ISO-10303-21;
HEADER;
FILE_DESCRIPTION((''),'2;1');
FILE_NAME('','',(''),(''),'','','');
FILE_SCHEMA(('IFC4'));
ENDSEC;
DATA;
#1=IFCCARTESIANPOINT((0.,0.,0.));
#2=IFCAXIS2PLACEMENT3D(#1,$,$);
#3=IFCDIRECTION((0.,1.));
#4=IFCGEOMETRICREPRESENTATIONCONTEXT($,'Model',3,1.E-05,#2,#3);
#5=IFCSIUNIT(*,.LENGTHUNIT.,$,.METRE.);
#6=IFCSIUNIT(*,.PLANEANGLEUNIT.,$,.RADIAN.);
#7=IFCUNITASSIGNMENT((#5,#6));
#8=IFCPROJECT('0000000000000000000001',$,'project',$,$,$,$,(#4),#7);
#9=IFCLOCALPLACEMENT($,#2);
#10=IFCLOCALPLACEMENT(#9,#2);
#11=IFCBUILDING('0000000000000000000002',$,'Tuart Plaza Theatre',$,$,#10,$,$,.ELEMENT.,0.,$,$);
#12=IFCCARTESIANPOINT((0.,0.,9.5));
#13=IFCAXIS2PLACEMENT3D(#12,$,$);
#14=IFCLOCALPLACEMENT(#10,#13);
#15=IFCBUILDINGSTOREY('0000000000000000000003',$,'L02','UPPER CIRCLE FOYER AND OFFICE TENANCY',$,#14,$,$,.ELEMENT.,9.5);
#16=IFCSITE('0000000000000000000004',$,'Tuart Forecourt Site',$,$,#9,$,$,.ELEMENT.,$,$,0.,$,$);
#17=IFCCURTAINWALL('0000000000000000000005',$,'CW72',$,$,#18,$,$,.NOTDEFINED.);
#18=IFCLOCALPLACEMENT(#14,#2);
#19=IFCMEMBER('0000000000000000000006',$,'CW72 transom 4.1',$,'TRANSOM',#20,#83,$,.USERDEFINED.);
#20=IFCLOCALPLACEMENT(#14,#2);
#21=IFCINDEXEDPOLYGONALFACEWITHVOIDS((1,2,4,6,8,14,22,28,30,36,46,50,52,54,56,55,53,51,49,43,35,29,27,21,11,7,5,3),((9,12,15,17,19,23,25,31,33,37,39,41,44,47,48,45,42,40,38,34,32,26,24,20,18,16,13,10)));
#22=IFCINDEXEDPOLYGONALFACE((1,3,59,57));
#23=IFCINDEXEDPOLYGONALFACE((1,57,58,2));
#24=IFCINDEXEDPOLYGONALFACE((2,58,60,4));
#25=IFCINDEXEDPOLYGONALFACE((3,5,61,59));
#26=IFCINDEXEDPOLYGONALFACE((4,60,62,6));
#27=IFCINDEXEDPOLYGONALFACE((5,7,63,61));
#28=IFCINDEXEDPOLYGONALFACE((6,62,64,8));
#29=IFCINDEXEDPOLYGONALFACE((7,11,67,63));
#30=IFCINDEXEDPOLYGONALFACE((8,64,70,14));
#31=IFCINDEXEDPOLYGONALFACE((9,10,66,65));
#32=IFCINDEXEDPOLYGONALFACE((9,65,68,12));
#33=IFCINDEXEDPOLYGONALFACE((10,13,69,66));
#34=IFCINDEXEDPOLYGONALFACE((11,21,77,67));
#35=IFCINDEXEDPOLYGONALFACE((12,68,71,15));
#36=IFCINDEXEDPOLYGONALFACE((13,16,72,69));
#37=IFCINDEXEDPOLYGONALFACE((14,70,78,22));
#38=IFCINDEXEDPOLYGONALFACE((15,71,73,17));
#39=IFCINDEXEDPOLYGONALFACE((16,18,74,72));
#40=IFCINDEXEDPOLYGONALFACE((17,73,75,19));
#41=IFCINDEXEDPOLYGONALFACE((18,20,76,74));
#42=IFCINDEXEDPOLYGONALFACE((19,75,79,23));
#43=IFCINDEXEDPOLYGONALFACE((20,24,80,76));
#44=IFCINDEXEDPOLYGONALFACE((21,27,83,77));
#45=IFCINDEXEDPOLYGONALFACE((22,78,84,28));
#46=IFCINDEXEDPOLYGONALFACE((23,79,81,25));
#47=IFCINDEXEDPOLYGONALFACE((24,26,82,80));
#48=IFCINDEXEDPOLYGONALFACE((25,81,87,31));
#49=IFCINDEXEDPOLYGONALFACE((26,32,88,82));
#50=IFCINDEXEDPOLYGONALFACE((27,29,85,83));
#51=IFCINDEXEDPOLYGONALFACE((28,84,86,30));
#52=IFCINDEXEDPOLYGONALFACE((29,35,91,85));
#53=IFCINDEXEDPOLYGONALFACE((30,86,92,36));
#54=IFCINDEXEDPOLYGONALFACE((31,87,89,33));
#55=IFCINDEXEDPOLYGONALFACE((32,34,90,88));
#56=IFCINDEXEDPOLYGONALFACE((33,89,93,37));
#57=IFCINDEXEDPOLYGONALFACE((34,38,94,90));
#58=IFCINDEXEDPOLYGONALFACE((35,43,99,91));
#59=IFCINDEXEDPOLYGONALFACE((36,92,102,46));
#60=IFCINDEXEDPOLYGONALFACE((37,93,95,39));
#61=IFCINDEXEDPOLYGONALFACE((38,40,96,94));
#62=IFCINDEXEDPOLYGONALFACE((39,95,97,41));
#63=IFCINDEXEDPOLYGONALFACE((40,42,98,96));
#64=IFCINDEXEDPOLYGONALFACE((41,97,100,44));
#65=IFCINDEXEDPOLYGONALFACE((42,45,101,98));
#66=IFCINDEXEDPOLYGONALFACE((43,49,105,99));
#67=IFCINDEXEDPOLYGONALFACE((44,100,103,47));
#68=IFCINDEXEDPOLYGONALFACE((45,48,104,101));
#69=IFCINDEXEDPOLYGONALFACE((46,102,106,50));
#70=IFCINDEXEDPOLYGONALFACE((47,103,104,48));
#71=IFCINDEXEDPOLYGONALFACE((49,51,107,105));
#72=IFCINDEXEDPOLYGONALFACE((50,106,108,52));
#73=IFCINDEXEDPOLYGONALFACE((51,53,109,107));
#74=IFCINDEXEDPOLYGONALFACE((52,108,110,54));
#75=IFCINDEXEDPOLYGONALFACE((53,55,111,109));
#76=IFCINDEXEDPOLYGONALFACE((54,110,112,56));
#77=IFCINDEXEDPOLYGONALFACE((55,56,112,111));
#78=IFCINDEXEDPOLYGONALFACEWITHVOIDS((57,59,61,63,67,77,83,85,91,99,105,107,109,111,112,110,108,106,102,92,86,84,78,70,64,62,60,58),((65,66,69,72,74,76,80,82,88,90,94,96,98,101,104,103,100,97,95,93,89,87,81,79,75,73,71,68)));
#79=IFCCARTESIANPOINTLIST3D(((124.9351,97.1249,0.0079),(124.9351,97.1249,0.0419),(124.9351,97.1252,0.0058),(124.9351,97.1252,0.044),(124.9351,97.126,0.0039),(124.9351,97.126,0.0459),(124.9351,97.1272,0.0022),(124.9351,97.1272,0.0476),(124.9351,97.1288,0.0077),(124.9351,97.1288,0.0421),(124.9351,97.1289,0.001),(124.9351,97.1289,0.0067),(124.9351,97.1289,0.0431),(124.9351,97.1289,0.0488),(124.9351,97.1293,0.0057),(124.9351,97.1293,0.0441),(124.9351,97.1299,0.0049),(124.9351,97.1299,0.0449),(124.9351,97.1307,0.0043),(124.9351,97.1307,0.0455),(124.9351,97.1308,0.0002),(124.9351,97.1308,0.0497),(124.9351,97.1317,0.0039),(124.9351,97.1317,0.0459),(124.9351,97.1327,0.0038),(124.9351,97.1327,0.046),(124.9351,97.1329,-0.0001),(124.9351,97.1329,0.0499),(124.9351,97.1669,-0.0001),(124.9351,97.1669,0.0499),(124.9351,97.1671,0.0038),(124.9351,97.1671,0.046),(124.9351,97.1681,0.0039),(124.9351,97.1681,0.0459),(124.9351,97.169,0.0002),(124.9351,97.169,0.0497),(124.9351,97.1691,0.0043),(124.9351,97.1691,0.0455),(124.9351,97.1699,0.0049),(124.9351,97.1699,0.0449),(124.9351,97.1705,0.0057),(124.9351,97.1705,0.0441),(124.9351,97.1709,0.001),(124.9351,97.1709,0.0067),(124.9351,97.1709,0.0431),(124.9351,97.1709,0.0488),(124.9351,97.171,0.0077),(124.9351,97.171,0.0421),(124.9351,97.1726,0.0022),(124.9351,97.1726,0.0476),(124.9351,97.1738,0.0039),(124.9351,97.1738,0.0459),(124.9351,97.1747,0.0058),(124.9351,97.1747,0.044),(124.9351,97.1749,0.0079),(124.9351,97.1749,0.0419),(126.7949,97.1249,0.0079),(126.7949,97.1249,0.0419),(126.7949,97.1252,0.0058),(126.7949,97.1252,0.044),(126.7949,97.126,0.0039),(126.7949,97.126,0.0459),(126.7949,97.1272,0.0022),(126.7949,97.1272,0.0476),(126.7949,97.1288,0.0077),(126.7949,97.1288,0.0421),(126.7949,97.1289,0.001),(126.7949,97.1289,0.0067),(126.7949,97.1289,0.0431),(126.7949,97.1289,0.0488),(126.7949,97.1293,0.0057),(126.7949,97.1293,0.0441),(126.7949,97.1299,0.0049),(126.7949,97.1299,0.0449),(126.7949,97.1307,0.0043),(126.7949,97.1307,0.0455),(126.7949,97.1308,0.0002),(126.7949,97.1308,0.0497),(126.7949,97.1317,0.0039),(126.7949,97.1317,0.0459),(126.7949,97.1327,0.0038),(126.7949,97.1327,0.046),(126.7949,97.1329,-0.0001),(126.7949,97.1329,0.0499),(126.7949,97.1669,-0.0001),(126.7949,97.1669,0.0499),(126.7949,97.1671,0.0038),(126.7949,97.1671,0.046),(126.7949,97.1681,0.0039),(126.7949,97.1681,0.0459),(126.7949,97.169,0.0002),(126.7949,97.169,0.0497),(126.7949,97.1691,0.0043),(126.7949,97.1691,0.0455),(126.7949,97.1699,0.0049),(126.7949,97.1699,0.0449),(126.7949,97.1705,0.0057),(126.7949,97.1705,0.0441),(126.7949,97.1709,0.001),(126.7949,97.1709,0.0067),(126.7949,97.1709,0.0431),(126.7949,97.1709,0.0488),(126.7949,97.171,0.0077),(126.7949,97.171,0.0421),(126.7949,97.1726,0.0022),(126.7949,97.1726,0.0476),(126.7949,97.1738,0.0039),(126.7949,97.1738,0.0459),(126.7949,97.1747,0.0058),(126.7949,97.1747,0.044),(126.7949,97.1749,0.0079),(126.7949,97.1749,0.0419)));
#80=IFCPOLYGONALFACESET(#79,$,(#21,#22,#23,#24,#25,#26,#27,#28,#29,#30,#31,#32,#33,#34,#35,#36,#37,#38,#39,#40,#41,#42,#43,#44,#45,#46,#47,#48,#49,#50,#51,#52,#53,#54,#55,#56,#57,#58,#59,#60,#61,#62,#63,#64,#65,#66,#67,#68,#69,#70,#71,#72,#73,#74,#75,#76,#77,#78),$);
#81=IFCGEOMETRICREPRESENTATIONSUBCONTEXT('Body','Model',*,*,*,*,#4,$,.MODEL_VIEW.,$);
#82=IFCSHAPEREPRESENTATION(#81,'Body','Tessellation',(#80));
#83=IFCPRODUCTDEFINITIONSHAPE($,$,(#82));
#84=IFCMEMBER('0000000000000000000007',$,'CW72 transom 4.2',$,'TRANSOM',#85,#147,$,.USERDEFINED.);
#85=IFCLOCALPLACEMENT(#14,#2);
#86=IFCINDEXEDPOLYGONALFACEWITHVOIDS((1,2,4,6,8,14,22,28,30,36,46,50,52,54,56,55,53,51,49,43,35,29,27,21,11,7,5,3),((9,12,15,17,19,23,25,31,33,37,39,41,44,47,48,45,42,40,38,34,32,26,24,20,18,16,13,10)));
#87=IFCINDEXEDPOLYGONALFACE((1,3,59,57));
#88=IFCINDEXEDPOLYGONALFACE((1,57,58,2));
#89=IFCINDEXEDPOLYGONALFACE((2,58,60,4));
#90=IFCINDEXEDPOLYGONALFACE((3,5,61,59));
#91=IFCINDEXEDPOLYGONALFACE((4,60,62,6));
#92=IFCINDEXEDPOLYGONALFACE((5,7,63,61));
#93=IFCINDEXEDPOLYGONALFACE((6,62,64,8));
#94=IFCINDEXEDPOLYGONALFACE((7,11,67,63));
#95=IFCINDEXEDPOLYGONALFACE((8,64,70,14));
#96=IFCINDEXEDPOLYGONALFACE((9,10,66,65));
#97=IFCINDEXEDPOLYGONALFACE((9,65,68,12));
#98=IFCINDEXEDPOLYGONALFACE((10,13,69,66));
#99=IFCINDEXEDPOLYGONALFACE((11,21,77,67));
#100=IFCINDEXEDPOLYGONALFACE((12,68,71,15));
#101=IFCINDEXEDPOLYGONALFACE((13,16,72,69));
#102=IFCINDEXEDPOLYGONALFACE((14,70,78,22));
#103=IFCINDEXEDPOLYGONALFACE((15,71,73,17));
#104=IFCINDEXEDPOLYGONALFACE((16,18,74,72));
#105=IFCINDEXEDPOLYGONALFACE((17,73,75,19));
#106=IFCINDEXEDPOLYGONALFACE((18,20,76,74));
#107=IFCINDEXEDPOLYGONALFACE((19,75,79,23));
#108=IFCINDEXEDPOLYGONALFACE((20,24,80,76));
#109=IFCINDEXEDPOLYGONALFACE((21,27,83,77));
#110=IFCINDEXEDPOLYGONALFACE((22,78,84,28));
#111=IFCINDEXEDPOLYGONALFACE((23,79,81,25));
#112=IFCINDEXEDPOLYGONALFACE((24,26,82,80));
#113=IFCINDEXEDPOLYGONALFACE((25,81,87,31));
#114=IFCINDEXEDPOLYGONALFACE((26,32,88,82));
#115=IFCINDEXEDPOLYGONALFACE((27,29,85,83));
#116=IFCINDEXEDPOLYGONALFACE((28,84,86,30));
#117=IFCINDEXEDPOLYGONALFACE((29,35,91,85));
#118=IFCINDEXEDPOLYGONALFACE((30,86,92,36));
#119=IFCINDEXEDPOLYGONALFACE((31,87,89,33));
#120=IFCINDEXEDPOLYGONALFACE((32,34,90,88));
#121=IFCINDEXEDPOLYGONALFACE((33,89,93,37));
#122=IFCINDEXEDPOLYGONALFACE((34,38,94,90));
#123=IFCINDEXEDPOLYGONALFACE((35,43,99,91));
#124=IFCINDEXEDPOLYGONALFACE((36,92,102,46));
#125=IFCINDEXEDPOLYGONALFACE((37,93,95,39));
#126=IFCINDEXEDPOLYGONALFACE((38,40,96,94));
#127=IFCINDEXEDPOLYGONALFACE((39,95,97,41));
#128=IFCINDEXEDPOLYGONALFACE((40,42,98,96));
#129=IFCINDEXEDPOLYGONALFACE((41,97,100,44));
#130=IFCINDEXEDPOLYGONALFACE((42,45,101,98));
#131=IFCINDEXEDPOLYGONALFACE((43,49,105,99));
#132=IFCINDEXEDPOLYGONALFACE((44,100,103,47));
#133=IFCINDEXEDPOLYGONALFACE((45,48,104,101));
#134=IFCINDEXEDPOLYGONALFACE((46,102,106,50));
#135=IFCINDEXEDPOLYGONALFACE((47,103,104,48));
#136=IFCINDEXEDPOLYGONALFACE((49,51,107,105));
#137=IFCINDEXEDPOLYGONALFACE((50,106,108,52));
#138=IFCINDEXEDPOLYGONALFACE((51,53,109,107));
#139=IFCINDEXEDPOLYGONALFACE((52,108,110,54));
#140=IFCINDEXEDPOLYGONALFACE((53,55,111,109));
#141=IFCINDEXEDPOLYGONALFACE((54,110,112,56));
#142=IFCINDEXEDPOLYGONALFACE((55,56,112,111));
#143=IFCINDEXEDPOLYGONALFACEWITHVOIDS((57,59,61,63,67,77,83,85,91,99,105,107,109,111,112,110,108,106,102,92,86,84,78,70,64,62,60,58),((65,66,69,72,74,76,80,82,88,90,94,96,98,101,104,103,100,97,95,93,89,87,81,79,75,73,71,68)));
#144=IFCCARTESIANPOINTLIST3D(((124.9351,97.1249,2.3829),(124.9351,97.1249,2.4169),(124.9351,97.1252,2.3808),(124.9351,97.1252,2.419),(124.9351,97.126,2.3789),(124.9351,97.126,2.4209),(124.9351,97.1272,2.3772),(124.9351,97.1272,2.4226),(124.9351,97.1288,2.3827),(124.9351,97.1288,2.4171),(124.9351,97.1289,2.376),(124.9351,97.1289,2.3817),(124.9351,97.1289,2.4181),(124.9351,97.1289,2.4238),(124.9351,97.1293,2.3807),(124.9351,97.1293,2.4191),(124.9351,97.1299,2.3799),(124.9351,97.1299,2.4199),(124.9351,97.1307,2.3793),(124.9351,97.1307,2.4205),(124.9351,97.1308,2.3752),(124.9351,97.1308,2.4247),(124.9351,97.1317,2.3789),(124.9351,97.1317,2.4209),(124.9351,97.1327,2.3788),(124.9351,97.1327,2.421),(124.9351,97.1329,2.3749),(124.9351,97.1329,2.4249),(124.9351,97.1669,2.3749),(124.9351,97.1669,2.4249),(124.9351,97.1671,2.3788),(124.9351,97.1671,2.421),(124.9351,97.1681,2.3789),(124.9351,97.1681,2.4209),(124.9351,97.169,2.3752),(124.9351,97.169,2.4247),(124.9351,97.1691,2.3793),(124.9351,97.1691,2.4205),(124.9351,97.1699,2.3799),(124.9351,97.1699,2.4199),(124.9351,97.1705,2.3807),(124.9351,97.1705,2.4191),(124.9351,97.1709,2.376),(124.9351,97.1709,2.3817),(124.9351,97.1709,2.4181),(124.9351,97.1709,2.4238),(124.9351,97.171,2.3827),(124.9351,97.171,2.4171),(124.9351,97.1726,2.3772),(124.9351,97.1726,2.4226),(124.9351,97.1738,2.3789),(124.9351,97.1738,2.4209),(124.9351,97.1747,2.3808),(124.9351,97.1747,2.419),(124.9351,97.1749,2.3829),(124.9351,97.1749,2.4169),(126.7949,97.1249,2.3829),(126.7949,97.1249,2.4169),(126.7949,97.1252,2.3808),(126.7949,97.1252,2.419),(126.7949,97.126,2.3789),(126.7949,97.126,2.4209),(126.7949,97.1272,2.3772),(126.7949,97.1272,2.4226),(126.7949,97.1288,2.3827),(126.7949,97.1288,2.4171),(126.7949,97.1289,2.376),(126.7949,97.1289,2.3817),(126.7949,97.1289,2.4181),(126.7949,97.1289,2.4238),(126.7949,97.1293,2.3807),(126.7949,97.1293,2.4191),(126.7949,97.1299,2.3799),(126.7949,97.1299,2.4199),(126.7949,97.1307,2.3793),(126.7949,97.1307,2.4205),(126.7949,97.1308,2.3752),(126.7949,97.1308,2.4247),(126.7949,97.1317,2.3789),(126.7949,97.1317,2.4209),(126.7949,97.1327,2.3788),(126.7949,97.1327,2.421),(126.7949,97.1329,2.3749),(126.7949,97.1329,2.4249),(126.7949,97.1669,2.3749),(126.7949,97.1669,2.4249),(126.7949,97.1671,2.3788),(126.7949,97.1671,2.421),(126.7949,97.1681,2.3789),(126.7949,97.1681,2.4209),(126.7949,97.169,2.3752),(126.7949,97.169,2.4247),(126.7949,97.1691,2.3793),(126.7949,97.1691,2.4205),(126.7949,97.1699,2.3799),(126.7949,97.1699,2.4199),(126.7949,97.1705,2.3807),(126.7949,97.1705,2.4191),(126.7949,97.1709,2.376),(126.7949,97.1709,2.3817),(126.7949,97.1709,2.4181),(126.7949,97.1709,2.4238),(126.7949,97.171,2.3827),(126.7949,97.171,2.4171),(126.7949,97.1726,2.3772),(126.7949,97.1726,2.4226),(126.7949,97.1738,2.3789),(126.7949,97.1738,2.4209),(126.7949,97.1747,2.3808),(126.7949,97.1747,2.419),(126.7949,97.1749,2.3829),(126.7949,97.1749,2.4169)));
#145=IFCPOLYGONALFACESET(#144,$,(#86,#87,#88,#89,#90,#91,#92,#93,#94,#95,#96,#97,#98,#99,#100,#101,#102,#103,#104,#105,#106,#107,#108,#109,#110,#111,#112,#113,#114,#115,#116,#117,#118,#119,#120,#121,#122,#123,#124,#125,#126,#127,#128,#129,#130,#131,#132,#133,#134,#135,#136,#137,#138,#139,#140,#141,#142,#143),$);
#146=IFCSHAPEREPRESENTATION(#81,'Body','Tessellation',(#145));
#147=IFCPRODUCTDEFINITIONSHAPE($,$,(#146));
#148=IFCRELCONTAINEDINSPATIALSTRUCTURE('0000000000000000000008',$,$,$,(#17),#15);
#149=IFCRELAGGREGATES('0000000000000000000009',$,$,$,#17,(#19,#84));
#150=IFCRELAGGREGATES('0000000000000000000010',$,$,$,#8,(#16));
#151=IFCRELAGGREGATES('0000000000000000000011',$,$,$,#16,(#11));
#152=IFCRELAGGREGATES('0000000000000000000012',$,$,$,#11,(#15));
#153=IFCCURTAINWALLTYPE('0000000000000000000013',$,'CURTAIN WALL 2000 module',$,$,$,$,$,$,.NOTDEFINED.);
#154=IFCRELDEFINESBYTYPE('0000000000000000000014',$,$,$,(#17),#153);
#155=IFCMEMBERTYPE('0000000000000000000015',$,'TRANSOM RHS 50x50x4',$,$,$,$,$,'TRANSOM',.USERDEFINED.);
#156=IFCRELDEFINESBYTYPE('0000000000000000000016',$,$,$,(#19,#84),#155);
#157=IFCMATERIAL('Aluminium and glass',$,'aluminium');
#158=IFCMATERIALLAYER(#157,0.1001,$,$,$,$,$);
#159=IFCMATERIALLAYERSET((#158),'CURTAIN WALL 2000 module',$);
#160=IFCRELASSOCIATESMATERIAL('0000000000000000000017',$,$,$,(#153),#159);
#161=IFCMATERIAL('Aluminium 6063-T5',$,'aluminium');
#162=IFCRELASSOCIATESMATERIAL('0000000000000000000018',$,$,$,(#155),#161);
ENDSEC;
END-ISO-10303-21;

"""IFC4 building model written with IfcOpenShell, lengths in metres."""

from ifc_helpers import new_model, si_unit, direction, frame, origin, origin_2d, place, context, subcontext, project, spatial, hollow_rectangle, extrude, material, layer, layer_set, material_profile, profile_set, type_object, element, aggregate, save


model = new_model("IFC4")

# Units and contexts
model_context = context("Model", 3, precision=1e-05, world=origin(), true_north=direction((0.0, 1.0)))
body_context = subcontext(model_context, "Body", "Model", "MODEL_VIEW")
ifc_project = project(units=[si_unit("LENGTHUNIT", "METRE"), si_unit("PLANEANGLEUNIT", "RADIAN")], contexts=[model_context])

# Site, building, storey
site_placement = place(None, origin())
site = spatial("IfcSite", under=ifc_project, at=site_placement, Name="Tuart Forecourt Site", CompositionType="ELEMENT", RefElevation=0.0)
building_placement = place(site_placement, origin())
building = spatial("IfcBuilding", under=site, at=building_placement, Name="Tuart Plaza Theatre", CompositionType="ELEMENT", ElevationOfRefHeight=0.0)
storey_placement = place(building_placement, frame((0.0, 0.0, 9.5)))
storey = spatial("IfcBuildingStorey", under=building, at=storey_placement, Name="L02", Description="UPPER CIRCLE FOYER AND OFFICE TENANCY", CompositionType="ELEMENT", Elevation=9.5)

# Curtain wall, members
ifc_material_1 = material(Name="Aluminium and glass", Category="aluminium")
ifc_layer_1 = layer(ifc_material_1, 0.1001)
ifc_layer_set_1 = layer_set([ifc_layer_1], Name="CURTAIN WALL 2000 module")
curtain_wall_type = type_object("IfcCurtainWallType", Name="CURTAIN WALL 2000 module", PredefinedType="NOTDEFINED", material=ifc_layer_set_1)
curtain_wall_placement = place(storey_placement, origin())
curtain_wall = element("IfcCurtainWall", 1, at=curtain_wall_placement, inside=storey, type_object=curtain_wall_type, Name="CW72", PredefinedType="NOTDEFINED")
ifc_material_2 = material(Name="Aluminium 6063-T5", Category="aluminium")
ifc_material_profile_1 = material_profile(ifc_material_2, hollow_rectangle(XDim=0.05, YDim=0.05, WallThickness=0.0039, InnerFilletRadius=0.0039, OuterFilletRadius=0.0081, at=origin_2d()), Name="RHS 50x50x4")
ifc_profile_set_1 = profile_set([ifc_material_profile_1], Name="Aluminium 6063-T5")
member_type_1 = type_object("IfcMemberType", Name="TRANSOM RHS 50x50x4", ElementType="TRANSOM", PredefinedType="USERDEFINED", material=ifc_profile_set_1)
member_1_placement = place(storey_placement, frame((126.7949, 97.1499, 0.0249), z_axis=(-1.0, 0.0, 0.0), x_axis=(0.0, -1.0, 0.0)))
member_1 = element("IfcMember", 2, at=member_1_placement, type_object=member_type_1, Name="CW72 transom 4.1", ObjectType="TRANSOM", PredefinedType="USERDEFINED", context=body_context, shape_type="SweptSolid", body=[
    extrude(hollow_rectangle(XDim=0.05, YDim=0.05, WallThickness=0.0039, InnerFilletRadius=0.0039, OuterFilletRadius=0.0081, at=origin_2d()), origin(), (0.0, 0.0, 1.0), 1.8599),
])
member_2_placement = place(storey_placement, frame((126.7949, 97.1499, 2.3999), z_axis=(-1.0, 0.0, 0.0), x_axis=(0.0, -1.0, 0.0)))
member_2 = element("IfcMember", 3, at=member_2_placement, type_object=member_type_1, Name="CW72 transom 4.2", ObjectType="TRANSOM", PredefinedType="USERDEFINED", context=body_context, shape_type="SweptSolid", body=[
    extrude(hollow_rectangle(XDim=0.05, YDim=0.05, WallThickness=0.0039, InnerFilletRadius=0.0039, OuterFilletRadius=0.0081, at=origin_2d()), origin(), (0.0, 0.0, 1.0), 1.8599),
])
aggregate(curtain_wall, [member_1, member_2])

save(model, "model.ifc")
